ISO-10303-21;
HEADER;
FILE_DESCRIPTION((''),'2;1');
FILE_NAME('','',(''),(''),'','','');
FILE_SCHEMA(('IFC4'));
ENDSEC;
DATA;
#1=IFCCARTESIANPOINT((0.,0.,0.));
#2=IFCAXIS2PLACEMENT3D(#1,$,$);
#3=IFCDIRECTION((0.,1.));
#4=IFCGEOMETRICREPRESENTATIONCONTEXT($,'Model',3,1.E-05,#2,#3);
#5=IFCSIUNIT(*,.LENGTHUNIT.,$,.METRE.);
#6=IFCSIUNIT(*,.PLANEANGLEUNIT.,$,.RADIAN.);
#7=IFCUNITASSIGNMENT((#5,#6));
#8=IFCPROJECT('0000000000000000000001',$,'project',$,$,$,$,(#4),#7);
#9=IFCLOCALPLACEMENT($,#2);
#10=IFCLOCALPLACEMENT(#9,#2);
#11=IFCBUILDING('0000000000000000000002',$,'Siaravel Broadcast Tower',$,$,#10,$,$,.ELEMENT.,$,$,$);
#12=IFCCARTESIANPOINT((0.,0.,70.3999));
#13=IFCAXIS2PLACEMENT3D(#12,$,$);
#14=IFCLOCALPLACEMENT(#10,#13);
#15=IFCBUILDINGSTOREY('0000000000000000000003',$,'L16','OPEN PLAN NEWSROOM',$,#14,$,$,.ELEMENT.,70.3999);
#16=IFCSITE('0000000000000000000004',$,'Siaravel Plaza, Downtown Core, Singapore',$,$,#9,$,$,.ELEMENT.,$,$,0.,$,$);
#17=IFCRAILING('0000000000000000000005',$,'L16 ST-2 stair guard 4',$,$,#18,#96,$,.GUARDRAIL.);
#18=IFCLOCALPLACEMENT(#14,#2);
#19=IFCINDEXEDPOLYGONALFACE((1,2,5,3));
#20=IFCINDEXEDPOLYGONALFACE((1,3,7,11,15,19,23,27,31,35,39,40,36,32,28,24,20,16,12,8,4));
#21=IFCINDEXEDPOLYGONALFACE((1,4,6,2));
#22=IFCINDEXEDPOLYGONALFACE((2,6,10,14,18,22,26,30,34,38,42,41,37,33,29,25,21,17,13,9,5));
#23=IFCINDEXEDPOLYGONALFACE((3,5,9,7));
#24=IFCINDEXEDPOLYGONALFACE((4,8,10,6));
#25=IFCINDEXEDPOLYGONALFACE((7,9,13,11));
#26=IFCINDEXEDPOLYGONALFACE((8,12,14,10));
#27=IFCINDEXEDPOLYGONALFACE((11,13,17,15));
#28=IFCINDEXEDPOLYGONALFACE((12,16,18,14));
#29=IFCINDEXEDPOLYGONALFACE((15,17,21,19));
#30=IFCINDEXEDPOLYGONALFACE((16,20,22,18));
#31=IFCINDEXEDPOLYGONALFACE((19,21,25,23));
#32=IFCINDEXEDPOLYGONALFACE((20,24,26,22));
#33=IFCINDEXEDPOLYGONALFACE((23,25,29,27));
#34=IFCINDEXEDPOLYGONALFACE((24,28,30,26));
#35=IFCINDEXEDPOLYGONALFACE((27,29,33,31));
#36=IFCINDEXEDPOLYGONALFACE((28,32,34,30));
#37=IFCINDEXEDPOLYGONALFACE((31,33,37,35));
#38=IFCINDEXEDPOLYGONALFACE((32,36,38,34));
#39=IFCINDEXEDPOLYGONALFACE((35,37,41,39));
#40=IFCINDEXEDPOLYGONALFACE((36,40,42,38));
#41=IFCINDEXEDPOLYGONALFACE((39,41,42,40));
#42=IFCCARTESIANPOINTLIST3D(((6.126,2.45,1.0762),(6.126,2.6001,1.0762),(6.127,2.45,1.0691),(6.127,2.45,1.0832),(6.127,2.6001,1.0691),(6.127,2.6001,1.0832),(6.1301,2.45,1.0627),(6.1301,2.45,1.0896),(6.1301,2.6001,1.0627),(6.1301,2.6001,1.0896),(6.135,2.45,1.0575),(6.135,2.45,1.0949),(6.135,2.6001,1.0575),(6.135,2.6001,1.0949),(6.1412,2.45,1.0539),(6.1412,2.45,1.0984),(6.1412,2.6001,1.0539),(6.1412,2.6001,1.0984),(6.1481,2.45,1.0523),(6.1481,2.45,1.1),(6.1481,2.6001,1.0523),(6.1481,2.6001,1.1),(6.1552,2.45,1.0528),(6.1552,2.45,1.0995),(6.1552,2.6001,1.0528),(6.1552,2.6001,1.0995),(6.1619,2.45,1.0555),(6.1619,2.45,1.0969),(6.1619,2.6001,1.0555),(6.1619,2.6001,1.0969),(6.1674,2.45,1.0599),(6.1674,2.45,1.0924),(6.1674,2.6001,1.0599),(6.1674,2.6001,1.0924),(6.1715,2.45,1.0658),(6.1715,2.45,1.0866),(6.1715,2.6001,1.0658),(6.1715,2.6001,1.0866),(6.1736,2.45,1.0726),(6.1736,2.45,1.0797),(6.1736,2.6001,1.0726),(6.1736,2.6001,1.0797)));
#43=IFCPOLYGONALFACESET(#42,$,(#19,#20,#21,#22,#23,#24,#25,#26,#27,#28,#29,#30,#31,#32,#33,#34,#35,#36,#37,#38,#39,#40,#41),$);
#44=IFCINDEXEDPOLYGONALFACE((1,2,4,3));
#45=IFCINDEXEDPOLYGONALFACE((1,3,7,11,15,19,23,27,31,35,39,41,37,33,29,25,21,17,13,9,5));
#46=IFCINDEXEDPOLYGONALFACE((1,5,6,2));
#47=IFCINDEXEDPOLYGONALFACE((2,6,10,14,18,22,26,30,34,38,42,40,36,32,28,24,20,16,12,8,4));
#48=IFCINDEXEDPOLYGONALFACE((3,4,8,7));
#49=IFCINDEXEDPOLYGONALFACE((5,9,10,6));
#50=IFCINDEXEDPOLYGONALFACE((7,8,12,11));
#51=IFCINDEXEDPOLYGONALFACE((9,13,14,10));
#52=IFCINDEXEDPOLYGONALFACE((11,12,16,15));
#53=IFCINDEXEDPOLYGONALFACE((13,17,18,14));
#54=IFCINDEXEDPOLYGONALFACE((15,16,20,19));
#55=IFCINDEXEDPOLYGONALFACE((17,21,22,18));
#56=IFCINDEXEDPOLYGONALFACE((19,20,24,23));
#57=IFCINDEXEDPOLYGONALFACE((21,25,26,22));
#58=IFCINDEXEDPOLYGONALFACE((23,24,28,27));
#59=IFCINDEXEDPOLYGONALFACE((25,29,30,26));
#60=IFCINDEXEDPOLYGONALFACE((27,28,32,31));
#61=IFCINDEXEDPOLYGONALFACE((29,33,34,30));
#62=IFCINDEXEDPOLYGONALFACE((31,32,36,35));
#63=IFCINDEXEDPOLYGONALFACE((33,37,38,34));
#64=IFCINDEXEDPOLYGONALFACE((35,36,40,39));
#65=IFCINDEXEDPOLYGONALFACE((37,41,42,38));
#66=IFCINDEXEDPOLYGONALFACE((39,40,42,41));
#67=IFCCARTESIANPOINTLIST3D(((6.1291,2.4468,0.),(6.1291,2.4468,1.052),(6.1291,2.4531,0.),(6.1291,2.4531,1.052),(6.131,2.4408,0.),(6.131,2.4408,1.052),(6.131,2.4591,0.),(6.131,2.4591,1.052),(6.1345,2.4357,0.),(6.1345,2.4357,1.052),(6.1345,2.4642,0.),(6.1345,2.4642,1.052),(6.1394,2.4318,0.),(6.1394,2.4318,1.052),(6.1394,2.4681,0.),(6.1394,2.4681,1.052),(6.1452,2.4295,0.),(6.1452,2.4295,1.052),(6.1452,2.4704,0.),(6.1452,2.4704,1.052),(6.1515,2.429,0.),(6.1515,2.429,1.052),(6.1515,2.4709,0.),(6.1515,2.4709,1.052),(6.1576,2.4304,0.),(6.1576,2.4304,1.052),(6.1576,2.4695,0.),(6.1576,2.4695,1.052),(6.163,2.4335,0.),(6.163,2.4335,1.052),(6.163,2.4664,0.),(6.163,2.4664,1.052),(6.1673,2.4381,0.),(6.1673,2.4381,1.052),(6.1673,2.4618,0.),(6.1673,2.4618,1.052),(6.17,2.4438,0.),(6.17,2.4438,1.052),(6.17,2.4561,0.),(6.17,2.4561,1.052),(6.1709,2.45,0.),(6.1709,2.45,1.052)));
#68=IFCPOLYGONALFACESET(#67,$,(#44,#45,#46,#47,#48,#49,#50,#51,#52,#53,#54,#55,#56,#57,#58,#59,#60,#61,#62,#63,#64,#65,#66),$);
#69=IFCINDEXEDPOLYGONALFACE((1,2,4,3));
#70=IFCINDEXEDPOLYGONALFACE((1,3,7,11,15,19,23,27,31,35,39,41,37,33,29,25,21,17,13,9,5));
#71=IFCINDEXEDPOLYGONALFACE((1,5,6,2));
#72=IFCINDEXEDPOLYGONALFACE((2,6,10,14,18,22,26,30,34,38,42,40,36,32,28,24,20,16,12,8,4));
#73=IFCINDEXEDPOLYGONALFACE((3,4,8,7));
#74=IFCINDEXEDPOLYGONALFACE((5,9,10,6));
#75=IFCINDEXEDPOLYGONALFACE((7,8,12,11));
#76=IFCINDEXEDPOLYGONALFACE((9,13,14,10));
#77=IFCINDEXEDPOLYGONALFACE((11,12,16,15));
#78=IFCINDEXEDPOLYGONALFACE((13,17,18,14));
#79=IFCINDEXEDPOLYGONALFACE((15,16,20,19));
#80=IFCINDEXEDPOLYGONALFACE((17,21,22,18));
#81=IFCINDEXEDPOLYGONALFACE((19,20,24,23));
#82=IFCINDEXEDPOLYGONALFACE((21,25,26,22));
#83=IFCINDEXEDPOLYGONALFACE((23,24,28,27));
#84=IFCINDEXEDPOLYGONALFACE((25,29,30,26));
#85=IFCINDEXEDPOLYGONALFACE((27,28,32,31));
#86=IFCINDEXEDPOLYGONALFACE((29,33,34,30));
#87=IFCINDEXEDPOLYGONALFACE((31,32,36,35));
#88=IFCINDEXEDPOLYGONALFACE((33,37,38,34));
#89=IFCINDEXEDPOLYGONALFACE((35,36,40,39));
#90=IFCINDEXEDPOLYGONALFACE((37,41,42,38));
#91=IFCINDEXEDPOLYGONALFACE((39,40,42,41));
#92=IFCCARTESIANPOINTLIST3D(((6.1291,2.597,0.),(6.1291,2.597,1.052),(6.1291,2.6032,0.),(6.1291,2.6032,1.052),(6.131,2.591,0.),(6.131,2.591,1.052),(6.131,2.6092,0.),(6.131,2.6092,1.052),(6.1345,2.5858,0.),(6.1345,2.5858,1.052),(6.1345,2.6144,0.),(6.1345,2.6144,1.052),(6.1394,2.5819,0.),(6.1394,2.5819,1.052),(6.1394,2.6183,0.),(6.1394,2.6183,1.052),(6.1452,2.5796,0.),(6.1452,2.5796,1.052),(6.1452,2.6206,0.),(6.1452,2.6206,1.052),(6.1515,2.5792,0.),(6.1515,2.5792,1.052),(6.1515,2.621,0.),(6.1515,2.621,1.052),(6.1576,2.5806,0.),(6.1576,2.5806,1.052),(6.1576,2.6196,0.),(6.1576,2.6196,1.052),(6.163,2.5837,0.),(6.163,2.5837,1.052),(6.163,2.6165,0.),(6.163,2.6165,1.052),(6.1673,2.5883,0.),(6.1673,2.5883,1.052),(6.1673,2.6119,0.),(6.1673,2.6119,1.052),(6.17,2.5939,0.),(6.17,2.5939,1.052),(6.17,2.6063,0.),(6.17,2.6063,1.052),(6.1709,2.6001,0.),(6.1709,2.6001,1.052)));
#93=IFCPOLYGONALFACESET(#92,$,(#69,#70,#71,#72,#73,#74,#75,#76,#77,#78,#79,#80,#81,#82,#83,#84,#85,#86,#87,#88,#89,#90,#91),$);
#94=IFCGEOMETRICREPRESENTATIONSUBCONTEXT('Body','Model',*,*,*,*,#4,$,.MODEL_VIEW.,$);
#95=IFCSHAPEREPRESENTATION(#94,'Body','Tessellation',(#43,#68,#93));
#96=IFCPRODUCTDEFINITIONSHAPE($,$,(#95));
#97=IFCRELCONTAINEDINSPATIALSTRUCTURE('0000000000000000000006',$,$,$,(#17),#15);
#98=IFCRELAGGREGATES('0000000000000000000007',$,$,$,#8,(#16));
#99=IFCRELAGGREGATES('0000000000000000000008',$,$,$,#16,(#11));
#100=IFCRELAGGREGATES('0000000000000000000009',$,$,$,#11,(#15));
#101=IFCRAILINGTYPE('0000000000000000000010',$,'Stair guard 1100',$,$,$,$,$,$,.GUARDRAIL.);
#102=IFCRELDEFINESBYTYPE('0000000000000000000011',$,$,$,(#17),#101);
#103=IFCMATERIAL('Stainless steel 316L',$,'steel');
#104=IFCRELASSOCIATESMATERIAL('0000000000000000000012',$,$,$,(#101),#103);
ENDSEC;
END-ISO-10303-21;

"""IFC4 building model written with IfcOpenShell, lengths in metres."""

from ifc_helpers import new_model, si_unit, direction, frame, origin, origin_2d, place, context, subcontext, project, spatial, circle, extrude, material, type_object, element, save


model = new_model("IFC4")

# Units and contexts
model_context = context("Model", 3, precision=1e-05, world=origin(), true_north=direction((0.0, 1.0)))
body_context = subcontext(model_context, "Body", "Model", "MODEL_VIEW")
ifc_project = project(units=[si_unit("LENGTHUNIT", "METRE"), si_unit("PLANEANGLEUNIT", "RADIAN")], contexts=[model_context])

# Site, building, storey
site_placement = place(None, origin())
site = spatial("IfcSite", under=ifc_project, at=site_placement, Name="Siaravel Plaza, Downtown Core, Singapore", CompositionType="ELEMENT", RefElevation=0.0)
building_placement = place(site_placement, origin())
building = spatial("IfcBuilding", under=site, at=building_placement, Name="Siaravel Broadcast Tower", CompositionType="ELEMENT")
storey_placement = place(building_placement, frame((0.0, 0.0, 70.3999)))
storey = spatial("IfcBuildingStorey", under=building, at=storey_placement, Name="L16", Description="OPEN PLAN NEWSROOM", CompositionType="ELEMENT", Elevation=70.3999)

# Railing
ifc_material_1 = material(Name="Stainless steel 316L", Category="steel")
railing_type_1 = type_object("IfcRailingType", Name="Stair guard 1100", PredefinedType="GUARDRAIL", material=ifc_material_1)
railing_1_placement = place(storey_placement, frame((6.1499, 2.45, 0.0)))
element("IfcRailing", 1, at=railing_1_placement, inside=storey, type_object=railing_type_1, Name="L16 ST-2 stair guard 4", PredefinedType="GUARDRAIL", context=body_context, shape_type="SweptSolid", body=[
    extrude(circle(Radius=0.0239, at=origin_2d()), frame((0.0, 0.0, 1.0762), z_axis=(0.0, 1.0, 0.0), x_axis=(-1.0, 0.0, 0.0)), (0.0, 0.0, 1.0), 0.1501),
    extrude(circle(Radius=0.021, at=origin_2d()), origin(), (0.0, 0.0, 1.0), 1.052),
    extrude(circle(Radius=0.021, at=origin_2d()), frame((0.0, 0.1501, 0.0)), (0.0, 0.0, 1.0), 1.052),
])

save(model, "model.ifc")
